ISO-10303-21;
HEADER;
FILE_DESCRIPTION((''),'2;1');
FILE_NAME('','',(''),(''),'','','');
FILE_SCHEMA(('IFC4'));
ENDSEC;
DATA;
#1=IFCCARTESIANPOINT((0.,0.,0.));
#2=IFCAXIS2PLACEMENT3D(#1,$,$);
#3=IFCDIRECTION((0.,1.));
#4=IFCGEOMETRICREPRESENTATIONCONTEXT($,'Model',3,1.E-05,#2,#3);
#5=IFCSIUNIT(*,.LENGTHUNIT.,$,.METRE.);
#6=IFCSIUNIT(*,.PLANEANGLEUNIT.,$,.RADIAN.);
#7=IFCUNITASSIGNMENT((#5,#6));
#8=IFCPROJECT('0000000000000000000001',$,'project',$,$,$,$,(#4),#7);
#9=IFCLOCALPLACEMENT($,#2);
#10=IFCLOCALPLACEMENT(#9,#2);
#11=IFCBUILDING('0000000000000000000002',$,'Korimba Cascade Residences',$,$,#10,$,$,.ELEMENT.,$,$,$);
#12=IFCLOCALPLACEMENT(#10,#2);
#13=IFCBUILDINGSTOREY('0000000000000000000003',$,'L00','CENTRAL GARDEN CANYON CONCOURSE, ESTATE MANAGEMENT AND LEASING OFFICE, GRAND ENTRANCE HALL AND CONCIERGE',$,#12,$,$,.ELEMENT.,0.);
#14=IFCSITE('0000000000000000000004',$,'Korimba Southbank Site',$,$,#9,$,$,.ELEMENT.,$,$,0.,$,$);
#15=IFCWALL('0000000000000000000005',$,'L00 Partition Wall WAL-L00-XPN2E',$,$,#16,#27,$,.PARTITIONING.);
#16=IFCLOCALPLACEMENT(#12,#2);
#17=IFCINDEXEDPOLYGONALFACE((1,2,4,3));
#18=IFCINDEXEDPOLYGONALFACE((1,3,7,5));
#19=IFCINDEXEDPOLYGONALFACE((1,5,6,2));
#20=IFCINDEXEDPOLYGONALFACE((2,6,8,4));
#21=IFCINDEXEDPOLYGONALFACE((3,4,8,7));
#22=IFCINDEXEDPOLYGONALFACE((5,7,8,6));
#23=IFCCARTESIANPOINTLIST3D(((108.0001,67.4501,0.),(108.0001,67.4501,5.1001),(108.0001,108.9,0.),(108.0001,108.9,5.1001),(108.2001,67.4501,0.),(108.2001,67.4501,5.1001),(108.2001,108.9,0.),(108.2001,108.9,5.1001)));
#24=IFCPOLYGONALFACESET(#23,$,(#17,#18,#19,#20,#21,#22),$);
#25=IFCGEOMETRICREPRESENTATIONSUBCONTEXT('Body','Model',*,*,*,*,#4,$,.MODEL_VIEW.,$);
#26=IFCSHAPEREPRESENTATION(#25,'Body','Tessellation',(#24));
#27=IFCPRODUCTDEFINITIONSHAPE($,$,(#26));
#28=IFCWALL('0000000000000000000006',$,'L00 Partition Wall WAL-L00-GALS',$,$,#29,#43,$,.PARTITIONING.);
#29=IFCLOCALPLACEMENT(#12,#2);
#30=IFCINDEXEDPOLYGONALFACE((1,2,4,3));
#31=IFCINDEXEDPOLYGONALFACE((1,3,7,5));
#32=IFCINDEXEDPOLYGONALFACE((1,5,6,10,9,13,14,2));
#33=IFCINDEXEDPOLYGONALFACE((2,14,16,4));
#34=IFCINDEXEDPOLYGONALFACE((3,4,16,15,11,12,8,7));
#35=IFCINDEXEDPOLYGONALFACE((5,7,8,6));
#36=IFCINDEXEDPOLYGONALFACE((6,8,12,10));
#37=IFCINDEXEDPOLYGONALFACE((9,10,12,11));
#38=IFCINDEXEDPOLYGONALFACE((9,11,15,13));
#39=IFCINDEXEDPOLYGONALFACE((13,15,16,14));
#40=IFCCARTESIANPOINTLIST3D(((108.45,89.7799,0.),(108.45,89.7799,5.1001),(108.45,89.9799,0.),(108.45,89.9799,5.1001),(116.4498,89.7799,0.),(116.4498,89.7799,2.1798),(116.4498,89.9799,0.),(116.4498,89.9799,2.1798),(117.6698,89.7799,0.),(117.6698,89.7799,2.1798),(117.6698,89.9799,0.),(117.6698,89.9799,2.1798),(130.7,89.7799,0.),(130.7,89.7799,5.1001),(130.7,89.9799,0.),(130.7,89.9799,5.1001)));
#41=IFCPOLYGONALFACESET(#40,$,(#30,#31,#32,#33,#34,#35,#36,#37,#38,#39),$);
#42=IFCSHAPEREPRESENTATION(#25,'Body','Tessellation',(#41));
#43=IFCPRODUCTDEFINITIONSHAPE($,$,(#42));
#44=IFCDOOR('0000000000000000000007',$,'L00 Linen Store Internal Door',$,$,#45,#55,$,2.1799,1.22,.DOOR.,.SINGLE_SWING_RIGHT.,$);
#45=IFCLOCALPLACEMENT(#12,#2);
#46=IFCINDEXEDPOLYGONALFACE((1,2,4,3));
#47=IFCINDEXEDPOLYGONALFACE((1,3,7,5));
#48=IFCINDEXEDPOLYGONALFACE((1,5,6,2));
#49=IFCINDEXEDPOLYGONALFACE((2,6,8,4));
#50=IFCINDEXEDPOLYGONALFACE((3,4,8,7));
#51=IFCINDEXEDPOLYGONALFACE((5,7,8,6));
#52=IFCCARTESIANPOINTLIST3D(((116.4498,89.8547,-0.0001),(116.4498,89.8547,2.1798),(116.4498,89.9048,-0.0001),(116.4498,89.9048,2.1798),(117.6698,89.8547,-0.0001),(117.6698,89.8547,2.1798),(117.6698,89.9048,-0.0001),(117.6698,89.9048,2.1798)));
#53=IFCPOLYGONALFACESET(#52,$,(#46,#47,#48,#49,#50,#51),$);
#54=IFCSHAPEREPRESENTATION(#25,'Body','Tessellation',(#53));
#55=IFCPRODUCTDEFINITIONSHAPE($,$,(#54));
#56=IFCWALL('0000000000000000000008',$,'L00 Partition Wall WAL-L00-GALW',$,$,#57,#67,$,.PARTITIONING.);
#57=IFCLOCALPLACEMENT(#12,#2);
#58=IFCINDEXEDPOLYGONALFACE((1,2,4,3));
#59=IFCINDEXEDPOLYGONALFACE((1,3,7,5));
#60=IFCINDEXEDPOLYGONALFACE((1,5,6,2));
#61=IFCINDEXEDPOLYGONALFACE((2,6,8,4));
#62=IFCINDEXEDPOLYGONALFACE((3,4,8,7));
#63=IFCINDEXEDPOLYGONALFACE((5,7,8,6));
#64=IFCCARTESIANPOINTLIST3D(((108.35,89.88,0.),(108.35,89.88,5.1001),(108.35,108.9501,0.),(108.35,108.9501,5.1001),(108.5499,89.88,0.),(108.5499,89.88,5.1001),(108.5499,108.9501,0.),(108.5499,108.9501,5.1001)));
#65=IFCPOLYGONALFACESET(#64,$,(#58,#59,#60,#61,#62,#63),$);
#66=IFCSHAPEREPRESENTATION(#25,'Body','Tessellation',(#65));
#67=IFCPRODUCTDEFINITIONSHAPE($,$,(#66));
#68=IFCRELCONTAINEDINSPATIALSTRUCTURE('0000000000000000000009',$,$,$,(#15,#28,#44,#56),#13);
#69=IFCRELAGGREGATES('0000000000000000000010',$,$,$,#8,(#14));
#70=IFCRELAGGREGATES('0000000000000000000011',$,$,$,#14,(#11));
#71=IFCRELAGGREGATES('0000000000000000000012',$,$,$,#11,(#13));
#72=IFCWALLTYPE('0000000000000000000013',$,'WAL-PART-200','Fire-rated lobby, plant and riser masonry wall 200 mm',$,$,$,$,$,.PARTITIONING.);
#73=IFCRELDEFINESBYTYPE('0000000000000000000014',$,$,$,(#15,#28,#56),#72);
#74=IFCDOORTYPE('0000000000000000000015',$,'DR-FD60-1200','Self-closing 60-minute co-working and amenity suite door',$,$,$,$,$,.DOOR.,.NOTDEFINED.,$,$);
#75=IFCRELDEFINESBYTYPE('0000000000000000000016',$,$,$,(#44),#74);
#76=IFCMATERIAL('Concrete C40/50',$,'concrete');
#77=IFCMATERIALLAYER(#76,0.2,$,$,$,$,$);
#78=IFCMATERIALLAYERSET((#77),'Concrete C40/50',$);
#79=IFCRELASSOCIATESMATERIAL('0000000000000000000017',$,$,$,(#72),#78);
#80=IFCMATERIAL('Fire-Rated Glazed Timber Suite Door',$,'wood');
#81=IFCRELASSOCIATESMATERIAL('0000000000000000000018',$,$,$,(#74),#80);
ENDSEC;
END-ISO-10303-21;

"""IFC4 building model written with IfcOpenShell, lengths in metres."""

from ifc_helpers import new_model, si_unit, direction, frame, frame_2d, origin, place, context, subcontext, project, spatial, rectangle, extrude, material, layer, layer_set, type_object, element, fill, save


model = new_model("IFC4")

# Units and contexts
model_context = context("Model", 3, precision=1e-05, world=origin(), true_north=direction((0.0, 1.0)))
body_context = subcontext(model_context, "Body", "Model", "MODEL_VIEW")
ifc_project = project(units=[si_unit("LENGTHUNIT", "METRE"), si_unit("PLANEANGLEUNIT", "RADIAN")], contexts=[model_context])

# Site, building, storey
site_placement = place(None, origin())
site = spatial("IfcSite", under=ifc_project, at=site_placement, Name="Korimba Southbank Site", CompositionType="ELEMENT", RefElevation=0.0)
building_placement = place(site_placement, origin())
building = spatial("IfcBuilding", under=site, at=building_placement, Name="Korimba Cascade Residences", CompositionType="ELEMENT")
storey_placement = place(building_placement, origin())
storey = spatial("IfcBuildingStorey", under=building, at=storey_placement, Name="L00", Description="CENTRAL GARDEN CANYON CONCOURSE, ESTATE MANAGEMENT AND LEASING OFFICE, GRAND ENTRANCE HALL AND CONCIERGE", CompositionType="ELEMENT", Elevation=0.0)

# Wall
ifc_material_1 = material(Name="Concrete C40/50", Category="concrete")
ifc_layer = layer(ifc_material_1, 0.2)
ifc_layer_set = layer_set([ifc_layer], Name="Concrete C40/50")
wall_type = type_object("IfcWallType", Name="WAL-PART-200", Description="Fire-rated lobby, plant and riser masonry wall 200 mm", PredefinedType="PARTITIONING", material=ifc_layer_set)
wall_1_placement = place(storey_placement, frame((108.1001, 67.45, 0.0), z_axis=(0.0, 0.0, 1.0), x_axis=(0.0, 1.0, 0.0)))
element("IfcWall", 1, at=wall_1_placement, inside=storey, type_object=wall_type, Name="L00 Partition Wall WAL-L00-XPN2E", PredefinedType="PARTITIONING", context=body_context, shape_type="SweptSolid", body=[
    extrude(rectangle(XDim=41.45, YDim=0.2, at=frame_2d((20.7251, 0.0))), origin(), (0.0, 0.0, 1.0), 5.1001),
])

# Wall, opening, door
wall_2_placement = place(storey_placement, frame((108.45, 89.8799, 0.0), z_axis=(0.0, 0.0, 1.0), x_axis=(1.0, 0.0, 0.0)))
wall_2 = element("IfcWall", 2, at=wall_2_placement, inside=storey, type_object=wall_type, Name="L00 Partition Wall WAL-L00-GALS", PredefinedType="PARTITIONING", context=body_context, shape_type="SweptSolid", body=[
    extrude(rectangle(XDim=22.25, YDim=0.2, at=frame_2d((11.125, 0.0))), origin(), (0.0, 0.0, 1.0), 5.1001),
])
opening_placement = place(wall_2_placement, frame((8.0, 0.0, 0.0)))
opening = element("IfcOpeningElement", 3, at=opening_placement, cuts=wall_2, PredefinedType="OPENING", context=body_context, shape_type="SweptSolid", body=[
    extrude(rectangle(XDim=1.22, YDim=2.1799, at=frame_2d((0.6099, 1.0898))), frame((0.0, 0.1099, 0.0), z_axis=(0.0, -1.0, 0.0), x_axis=(1.0, 0.0, 0.0)), (0.0, 0.0, 1.0), 0.22),
])
ifc_material_2 = material(Name="Fire-Rated Glazed Timber Suite Door", Category="wood")
door_type = type_object("IfcDoorType", Name="DR-FD60-1200", Description="Self-closing 60-minute co-working and amenity suite door", OperationType="NOTDEFINED", PredefinedType="DOOR", material=ifc_material_2)
door_placement = place(opening_placement, origin())
door = element("IfcDoor", 4, at=door_placement, inside=storey, type_object=door_type, Name="L00 Linen Store Internal Door", OperationType="SINGLE_SWING_RIGHT", OverallHeight=2.1799, OverallWidth=1.22, PredefinedType="DOOR", context=body_context, shape_type="SweptSolid", body=[
    extrude(rectangle(XDim=1.22, YDim=2.1799, at=frame_2d((0.6099, 1.0898))), frame((0.0, 0.0249, 0.0), z_axis=(0.0, -1.0, 0.0), x_axis=(1.0, 0.0, 0.0)), (0.0, 0.0, 1.0), 0.05),
])
fill(opening, door)

# Wall
wall_3_placement = place(storey_placement, frame((108.45, 89.8799, 0.0), z_axis=(0.0, 0.0, 1.0), x_axis=(0.0, 1.0, 0.0)))
element("IfcWall", 5, at=wall_3_placement, inside=storey, type_object=wall_type, Name="L00 Partition Wall WAL-L00-GALW", PredefinedType="PARTITIONING", context=body_context, shape_type="SweptSolid", body=[
    extrude(rectangle(XDim=19.0701, YDim=0.2, at=frame_2d((9.5352, 0.0))), origin(), (0.0, 0.0, 1.0), 5.1001),
])

save(model, "model.ifc")
